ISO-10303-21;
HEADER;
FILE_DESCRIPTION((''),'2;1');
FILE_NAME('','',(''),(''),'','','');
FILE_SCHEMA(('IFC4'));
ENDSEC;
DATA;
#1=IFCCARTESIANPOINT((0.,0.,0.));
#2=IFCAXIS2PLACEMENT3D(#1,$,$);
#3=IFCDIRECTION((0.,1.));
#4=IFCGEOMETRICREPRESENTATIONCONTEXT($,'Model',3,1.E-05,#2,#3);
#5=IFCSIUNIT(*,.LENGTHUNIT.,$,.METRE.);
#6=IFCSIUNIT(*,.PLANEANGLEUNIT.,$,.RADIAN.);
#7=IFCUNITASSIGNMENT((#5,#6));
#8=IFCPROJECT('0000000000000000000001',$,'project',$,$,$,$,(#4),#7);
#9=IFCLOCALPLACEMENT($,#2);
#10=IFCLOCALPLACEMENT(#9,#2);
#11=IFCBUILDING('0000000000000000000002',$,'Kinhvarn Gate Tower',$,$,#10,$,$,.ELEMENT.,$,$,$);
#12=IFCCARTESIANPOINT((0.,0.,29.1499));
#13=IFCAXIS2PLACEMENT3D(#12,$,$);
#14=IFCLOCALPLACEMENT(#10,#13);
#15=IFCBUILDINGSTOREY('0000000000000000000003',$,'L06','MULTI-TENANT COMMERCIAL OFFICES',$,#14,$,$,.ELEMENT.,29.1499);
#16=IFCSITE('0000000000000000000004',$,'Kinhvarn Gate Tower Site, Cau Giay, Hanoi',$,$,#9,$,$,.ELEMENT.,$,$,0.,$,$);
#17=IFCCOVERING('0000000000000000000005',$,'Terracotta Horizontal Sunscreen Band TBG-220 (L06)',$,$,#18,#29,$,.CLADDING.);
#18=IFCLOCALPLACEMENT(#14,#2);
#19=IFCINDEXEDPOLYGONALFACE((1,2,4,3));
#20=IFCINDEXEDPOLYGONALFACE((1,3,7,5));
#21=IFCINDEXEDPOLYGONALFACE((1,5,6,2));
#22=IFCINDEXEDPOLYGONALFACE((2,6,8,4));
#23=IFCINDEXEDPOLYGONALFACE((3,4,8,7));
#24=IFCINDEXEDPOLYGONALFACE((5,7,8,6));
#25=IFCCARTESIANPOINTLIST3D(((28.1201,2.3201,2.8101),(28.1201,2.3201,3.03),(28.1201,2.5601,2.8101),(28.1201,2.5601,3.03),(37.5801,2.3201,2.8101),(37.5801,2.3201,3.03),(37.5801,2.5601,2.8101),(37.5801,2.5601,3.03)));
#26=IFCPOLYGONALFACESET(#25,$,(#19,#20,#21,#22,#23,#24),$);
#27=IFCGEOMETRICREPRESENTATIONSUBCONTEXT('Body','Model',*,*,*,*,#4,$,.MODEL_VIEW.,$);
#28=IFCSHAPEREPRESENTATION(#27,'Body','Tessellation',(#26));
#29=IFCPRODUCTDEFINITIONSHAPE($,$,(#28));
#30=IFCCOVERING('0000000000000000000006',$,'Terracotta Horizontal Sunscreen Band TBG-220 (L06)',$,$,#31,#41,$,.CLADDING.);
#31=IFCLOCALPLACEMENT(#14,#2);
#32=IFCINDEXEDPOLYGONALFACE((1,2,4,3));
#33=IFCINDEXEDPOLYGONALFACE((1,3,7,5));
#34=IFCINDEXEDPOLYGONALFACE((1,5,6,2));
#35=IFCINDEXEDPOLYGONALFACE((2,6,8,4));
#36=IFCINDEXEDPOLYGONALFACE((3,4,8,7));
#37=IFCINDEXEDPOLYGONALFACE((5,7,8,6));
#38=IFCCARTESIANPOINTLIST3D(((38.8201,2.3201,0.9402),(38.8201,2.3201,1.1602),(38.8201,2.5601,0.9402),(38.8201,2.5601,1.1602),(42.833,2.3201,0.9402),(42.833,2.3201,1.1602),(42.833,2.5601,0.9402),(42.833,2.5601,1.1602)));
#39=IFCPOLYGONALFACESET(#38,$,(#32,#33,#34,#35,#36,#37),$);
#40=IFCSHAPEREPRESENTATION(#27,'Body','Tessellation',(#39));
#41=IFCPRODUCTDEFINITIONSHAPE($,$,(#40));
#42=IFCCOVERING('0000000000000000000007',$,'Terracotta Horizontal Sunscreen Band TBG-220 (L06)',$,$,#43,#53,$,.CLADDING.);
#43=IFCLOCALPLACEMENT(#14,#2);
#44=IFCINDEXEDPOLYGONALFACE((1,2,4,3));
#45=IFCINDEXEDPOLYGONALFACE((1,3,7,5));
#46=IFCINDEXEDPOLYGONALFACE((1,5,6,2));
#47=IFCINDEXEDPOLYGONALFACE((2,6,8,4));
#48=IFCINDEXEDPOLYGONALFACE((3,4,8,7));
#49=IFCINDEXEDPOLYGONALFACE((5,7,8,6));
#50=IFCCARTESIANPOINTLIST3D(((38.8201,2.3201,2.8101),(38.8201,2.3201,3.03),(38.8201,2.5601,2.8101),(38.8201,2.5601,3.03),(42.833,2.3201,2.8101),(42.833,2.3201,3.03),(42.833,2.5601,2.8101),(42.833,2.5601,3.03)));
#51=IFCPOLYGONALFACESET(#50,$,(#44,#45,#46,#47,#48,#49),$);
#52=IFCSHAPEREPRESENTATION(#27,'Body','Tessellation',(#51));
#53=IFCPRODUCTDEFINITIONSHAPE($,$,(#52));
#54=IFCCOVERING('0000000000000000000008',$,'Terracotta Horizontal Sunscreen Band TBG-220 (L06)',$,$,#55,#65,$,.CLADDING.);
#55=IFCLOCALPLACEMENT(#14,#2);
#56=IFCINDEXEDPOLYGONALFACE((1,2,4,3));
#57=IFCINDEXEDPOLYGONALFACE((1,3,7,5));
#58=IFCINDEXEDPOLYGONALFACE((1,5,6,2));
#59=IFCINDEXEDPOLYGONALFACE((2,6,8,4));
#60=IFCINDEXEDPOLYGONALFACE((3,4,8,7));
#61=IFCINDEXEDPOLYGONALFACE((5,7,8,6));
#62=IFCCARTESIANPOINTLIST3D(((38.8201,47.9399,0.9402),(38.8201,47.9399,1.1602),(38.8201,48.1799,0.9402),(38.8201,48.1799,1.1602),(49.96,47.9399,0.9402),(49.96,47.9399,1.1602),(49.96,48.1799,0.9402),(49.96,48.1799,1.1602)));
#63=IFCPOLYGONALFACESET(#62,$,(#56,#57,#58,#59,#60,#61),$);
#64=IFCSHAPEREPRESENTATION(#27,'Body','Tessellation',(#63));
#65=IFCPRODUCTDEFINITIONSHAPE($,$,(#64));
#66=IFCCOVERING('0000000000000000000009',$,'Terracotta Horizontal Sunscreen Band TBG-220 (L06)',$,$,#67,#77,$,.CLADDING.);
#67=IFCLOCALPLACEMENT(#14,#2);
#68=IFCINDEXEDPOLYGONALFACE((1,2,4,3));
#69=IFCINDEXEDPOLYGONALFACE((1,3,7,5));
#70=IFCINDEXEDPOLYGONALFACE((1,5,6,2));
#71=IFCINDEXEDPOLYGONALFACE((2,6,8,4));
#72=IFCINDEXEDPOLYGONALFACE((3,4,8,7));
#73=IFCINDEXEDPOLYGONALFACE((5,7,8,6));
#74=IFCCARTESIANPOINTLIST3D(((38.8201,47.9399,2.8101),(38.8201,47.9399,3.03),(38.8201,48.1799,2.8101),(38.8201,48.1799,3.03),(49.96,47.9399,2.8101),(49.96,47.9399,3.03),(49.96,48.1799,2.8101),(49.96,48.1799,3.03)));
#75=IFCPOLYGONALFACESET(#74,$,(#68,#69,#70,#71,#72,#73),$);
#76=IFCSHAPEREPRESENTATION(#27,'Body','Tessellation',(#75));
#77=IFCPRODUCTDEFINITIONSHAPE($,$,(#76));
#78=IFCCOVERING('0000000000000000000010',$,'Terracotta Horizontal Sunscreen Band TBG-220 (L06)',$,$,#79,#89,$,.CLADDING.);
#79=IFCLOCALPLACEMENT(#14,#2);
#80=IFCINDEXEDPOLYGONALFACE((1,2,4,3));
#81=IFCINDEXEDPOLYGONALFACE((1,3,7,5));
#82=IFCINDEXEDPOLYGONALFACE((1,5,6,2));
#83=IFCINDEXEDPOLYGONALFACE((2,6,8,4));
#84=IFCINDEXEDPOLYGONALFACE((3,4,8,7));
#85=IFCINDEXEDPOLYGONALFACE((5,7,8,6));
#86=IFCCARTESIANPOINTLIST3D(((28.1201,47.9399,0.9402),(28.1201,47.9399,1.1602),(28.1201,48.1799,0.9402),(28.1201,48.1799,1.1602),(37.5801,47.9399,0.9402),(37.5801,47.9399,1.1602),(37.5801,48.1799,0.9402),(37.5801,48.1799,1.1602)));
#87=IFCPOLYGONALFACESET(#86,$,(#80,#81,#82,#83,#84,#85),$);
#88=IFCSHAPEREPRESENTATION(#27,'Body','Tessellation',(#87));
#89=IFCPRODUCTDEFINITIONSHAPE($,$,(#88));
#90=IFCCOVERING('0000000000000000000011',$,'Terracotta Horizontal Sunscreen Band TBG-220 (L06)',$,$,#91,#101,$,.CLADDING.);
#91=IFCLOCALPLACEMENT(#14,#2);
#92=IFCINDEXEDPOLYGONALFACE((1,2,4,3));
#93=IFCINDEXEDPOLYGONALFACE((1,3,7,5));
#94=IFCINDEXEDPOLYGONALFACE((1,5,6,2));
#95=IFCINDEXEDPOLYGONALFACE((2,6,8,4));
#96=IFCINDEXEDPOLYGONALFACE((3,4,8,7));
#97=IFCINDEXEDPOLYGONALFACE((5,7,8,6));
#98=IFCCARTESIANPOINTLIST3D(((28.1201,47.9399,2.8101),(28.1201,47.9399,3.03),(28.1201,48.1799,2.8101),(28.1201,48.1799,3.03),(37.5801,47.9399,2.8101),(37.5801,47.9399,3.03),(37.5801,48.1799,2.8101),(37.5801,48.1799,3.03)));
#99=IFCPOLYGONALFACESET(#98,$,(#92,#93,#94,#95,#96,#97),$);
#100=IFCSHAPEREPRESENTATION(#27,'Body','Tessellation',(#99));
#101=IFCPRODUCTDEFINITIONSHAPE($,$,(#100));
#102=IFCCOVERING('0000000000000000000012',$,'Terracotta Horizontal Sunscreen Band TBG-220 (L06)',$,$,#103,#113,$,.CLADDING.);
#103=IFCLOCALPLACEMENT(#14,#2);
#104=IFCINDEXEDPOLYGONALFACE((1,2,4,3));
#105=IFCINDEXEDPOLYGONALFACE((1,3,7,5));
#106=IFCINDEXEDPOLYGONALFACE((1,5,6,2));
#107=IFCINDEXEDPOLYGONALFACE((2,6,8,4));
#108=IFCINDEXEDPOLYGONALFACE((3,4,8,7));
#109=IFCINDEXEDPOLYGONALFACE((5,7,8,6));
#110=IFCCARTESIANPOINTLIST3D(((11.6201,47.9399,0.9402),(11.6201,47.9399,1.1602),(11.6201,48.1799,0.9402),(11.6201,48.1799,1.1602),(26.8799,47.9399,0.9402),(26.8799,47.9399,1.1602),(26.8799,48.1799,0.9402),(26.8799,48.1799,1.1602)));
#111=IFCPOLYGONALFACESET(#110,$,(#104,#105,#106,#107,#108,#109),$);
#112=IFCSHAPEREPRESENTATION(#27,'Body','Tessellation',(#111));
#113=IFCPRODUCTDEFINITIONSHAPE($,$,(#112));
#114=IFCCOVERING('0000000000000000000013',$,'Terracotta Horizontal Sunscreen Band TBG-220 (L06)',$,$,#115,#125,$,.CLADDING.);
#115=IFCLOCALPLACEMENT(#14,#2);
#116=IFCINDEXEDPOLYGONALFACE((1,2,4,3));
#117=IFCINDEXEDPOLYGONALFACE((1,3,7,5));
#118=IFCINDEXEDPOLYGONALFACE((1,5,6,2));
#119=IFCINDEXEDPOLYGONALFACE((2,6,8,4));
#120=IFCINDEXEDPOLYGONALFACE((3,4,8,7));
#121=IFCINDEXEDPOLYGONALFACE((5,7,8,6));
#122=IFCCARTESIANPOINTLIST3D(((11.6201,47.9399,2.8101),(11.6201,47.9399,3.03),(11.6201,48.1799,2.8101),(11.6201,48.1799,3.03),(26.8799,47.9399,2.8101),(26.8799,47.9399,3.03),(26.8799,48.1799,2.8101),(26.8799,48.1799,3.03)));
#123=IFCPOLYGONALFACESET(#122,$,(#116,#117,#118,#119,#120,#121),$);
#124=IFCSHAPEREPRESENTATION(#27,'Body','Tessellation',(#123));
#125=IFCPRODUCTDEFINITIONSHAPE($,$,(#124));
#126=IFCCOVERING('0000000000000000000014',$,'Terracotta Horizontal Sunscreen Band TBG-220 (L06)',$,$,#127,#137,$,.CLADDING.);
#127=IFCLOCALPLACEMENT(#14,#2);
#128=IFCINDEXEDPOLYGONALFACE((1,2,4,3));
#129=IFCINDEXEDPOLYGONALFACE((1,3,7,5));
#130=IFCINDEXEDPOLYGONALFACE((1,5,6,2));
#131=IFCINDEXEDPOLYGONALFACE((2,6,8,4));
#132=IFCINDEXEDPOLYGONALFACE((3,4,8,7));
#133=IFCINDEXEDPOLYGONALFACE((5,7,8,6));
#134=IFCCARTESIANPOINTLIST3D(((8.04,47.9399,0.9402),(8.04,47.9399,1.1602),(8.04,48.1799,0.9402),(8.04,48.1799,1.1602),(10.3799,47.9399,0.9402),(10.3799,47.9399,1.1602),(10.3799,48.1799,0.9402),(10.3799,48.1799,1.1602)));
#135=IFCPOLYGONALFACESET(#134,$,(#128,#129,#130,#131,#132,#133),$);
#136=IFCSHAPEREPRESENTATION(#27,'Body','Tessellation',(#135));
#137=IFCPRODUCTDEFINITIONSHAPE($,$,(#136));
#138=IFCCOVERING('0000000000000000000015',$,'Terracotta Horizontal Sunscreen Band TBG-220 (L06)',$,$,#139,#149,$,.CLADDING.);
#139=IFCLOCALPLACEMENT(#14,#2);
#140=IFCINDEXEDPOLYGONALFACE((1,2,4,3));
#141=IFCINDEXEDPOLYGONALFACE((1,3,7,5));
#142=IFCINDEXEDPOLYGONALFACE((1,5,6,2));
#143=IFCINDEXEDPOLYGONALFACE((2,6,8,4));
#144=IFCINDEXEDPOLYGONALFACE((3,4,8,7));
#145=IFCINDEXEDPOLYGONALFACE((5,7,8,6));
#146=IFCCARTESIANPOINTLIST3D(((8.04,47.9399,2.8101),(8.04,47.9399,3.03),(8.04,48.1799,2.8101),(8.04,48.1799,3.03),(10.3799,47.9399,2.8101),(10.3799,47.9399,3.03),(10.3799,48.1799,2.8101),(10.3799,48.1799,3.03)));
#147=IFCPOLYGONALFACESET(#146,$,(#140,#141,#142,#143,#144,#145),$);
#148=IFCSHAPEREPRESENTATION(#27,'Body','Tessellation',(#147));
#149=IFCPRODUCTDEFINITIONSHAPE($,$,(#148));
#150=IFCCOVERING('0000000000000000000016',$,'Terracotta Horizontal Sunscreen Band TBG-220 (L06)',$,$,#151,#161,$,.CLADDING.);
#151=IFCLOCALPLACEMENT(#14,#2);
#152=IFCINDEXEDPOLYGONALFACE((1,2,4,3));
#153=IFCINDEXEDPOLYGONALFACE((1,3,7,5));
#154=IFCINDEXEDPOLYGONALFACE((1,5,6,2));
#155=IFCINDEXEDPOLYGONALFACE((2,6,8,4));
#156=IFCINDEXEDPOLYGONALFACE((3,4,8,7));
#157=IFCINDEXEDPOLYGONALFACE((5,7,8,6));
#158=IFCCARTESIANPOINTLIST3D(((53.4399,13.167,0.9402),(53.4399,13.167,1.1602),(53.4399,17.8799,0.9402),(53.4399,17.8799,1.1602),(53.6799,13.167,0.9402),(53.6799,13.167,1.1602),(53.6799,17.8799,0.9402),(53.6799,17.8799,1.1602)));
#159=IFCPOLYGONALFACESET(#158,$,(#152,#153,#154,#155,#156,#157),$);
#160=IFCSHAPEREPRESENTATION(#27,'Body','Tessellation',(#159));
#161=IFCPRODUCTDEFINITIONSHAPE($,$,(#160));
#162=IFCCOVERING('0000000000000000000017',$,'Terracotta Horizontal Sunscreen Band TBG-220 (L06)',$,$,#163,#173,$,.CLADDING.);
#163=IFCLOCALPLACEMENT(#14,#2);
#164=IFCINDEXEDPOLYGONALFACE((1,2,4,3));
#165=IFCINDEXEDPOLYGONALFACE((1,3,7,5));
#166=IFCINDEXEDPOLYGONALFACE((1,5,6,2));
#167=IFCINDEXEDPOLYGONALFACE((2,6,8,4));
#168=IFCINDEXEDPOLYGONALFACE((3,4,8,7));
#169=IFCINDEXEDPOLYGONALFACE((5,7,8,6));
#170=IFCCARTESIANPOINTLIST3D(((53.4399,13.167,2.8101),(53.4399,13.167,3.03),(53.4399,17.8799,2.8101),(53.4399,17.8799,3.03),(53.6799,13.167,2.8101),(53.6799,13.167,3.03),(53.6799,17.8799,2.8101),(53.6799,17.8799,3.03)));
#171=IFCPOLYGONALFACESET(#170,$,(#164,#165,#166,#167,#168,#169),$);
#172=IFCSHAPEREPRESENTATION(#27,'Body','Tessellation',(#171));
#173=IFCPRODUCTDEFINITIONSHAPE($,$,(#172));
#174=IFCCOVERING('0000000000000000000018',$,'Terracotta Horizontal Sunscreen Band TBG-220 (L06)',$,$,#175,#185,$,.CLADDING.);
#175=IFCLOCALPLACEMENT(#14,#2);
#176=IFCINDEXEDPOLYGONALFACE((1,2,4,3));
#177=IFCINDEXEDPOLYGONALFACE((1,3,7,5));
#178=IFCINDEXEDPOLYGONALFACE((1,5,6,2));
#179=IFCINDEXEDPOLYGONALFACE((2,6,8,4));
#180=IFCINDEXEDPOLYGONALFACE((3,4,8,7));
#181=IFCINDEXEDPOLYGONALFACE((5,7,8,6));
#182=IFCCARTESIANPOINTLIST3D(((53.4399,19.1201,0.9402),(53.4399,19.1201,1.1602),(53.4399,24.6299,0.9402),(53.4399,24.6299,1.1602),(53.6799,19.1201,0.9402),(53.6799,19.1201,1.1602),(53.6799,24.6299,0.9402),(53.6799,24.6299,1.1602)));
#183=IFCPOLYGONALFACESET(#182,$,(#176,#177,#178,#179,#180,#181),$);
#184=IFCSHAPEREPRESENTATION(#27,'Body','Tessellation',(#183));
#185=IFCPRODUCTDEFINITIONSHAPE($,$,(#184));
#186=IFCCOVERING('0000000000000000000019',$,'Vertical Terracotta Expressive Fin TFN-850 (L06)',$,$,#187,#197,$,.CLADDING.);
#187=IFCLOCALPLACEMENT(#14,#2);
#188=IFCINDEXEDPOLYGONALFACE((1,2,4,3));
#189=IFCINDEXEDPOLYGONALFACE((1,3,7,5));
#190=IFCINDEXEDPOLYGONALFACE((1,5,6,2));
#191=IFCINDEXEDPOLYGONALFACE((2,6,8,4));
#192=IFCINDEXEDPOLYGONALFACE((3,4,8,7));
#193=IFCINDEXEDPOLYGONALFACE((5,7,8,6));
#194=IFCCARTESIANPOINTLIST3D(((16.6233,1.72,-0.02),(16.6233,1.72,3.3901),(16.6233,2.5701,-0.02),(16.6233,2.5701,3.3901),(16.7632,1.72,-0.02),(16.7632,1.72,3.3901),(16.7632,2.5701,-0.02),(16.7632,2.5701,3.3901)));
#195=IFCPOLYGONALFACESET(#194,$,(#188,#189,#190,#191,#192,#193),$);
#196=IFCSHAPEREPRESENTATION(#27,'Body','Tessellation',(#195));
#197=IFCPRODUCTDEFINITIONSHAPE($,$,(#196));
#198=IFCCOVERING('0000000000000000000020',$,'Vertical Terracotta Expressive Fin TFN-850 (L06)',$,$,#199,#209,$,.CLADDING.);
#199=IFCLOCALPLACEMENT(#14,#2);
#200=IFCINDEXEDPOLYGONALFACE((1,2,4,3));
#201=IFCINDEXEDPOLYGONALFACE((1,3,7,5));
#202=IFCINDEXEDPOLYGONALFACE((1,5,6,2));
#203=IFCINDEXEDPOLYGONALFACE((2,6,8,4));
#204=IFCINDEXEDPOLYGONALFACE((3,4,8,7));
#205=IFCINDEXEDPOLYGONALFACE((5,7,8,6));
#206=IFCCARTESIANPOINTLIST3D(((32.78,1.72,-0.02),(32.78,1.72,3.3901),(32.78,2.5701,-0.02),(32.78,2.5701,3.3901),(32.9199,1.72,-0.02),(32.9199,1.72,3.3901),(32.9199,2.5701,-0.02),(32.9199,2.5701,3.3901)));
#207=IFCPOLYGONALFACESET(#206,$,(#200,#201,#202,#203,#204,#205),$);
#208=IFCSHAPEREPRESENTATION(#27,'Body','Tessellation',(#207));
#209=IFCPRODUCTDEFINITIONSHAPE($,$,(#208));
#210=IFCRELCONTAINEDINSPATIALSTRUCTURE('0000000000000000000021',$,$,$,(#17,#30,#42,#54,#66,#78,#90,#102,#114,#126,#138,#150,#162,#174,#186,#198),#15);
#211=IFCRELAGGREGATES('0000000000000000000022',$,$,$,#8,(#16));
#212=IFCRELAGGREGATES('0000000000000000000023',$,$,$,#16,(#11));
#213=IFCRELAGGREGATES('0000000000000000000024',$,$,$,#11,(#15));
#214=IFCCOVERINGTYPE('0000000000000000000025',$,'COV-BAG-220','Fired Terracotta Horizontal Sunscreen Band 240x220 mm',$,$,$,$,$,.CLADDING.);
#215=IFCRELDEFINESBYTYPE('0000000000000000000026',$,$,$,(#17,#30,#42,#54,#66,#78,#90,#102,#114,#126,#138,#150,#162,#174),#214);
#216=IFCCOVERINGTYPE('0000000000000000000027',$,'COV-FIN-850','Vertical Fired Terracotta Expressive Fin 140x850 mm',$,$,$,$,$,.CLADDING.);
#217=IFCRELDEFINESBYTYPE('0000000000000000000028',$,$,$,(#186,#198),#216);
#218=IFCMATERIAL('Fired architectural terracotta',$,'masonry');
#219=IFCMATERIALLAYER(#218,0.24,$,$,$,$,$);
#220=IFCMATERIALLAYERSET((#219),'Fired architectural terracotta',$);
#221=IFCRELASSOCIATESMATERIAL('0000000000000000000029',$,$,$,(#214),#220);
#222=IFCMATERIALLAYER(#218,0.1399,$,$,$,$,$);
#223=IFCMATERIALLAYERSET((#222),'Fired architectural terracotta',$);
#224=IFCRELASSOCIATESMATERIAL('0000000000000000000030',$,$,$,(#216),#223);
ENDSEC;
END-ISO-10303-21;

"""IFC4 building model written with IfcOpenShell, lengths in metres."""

from ifc_helpers import new_model, si_unit, direction, frame, origin, place, context, subcontext, project, spatial, polyline, outline, extrude, material, layer, layer_set, type_object, element, save


model = new_model("IFC4")

# Units and contexts
model_context = context("Model", 3, precision=1e-05, world=origin(), true_north=direction((0.0, 1.0)))
body_context = subcontext(model_context, "Body", "Model", "MODEL_VIEW")
ifc_project = project(units=[si_unit("LENGTHUNIT", "METRE"), si_unit("PLANEANGLEUNIT", "RADIAN")], contexts=[model_context])

# Site, building, storey
site_placement = place(None, origin())
site = spatial("IfcSite", under=ifc_project, at=site_placement, Name="Kinhvarn Gate Tower Site, Cau Giay, Hanoi", CompositionType="ELEMENT", RefElevation=0.0)
building_placement = place(site_placement, origin())
building = spatial("IfcBuilding", under=site, at=building_placement, Name="Kinhvarn Gate Tower", CompositionType="ELEMENT")
storey_placement = place(building_placement, frame((0.0, 0.0, 29.1499)))
storey = spatial("IfcBuildingStorey", under=building, at=storey_placement, Name="L06", Description="MULTI-TENANT COMMERCIAL OFFICES", CompositionType="ELEMENT", Elevation=29.1499)

# Coverings
ifc_material_1 = material(Name="Fired architectural terracotta", Category="masonry")
ifc_layer_1 = layer(ifc_material_1, 0.24)
ifc_layer_set_1 = layer_set([ifc_layer_1], Name="Fired architectural terracotta")
covering_type_1 = type_object("IfcCoveringType", Name="COV-BAG-220", Description="Fired Terracotta Horizontal Sunscreen Band 240x220 mm", PredefinedType="CLADDING", material=ifc_layer_set_1)
for number, where, name in (
    (1, (0.0, 0.0, 2.8101), "Terracotta Horizontal Sunscreen Band TBG-220 (L06)"),
):
    element("IfcCovering", number, at=place(storey_placement, frame(where)), inside=storey, type_object=covering_type_1, Name=name, PredefinedType="CLADDING", context=body_context, shape_type="SweptSolid", body=[
        extrude(outline(polyline([(28.1201, 2.5601), (37.5801, 2.5601), (37.5801, 2.3201), (28.1201, 2.3201), (28.1201, 2.5601)])), origin(), (0.0, 0.0, 1.0), 0.22),
    ])
for number, where, name in (
    (2, (0.0, 0.0, 0.9402), "Terracotta Horizontal Sunscreen Band TBG-220 (L06)"),
    (3, (0.0, 0.0, 2.8101), "Terracotta Horizontal Sunscreen Band TBG-220 (L06)"),
):
    element("IfcCovering", number, at=place(storey_placement, frame(where)), inside=storey, type_object=covering_type_1, Name=name, PredefinedType="CLADDING", context=body_context, shape_type="SweptSolid", body=[
        extrude(outline(polyline([(38.8201, 2.5601), (42.833, 2.5601), (42.833, 2.3201), (38.8201, 2.3201), (38.8201, 2.5601)])), origin(), (0.0, 0.0, 1.0), 0.22),
    ])
for number, where, name in (
    (4, (0.0, 0.0, 0.9402), "Terracotta Horizontal Sunscreen Band TBG-220 (L06)"),
    (5, (0.0, 0.0, 2.8101), "Terracotta Horizontal Sunscreen Band TBG-220 (L06)"),
):
    element("IfcCovering", number, at=place(storey_placement, frame(where)), inside=storey, type_object=covering_type_1, Name=name, PredefinedType="CLADDING", context=body_context, shape_type="SweptSolid", body=[
        extrude(outline(polyline([(49.96, 47.9399), (38.8201, 47.9399), (38.8201, 48.1799), (49.96, 48.1799), (49.96, 47.9399)])), origin(), (0.0, 0.0, 1.0), 0.22),
    ])
for number, where, name in (
    (6, (0.0, 0.0, 0.9402), "Terracotta Horizontal Sunscreen Band TBG-220 (L06)"),
    (7, (0.0, 0.0, 2.8101), "Terracotta Horizontal Sunscreen Band TBG-220 (L06)"),
):
    element("IfcCovering", number, at=place(storey_placement, frame(where)), inside=storey, type_object=covering_type_1, Name=name, PredefinedType="CLADDING", context=body_context, shape_type="SweptSolid", body=[
        extrude(outline(polyline([(37.5801, 47.9399), (28.1201, 47.9399), (28.1201, 48.1799), (37.5801, 48.1799), (37.5801, 47.9399)])), origin(), (0.0, 0.0, 1.0), 0.22),
    ])
for number, where, name in (
    (8, (0.0, 0.0, 0.9402), "Terracotta Horizontal Sunscreen Band TBG-220 (L06)"),
    (9, (0.0, 0.0, 2.8101), "Terracotta Horizontal Sunscreen Band TBG-220 (L06)"),
):
    element("IfcCovering", number, at=place(storey_placement, frame(where)), inside=storey, type_object=covering_type_1, Name=name, PredefinedType="CLADDING", context=body_context, shape_type="SweptSolid", body=[
        extrude(outline(polyline([(26.8799, 47.9399), (11.6201, 47.9399), (11.6201, 48.1799), (26.8799, 48.1799), (26.8799, 47.9399)])), origin(), (0.0, 0.0, 1.0), 0.22),
    ])
for number, where, name in (
    (10, (0.0, 0.0, 0.9402), "Terracotta Horizontal Sunscreen Band TBG-220 (L06)"),
    (11, (0.0, 0.0, 2.8101), "Terracotta Horizontal Sunscreen Band TBG-220 (L06)"),
):
    element("IfcCovering", number, at=place(storey_placement, frame(where)), inside=storey, type_object=covering_type_1, Name=name, PredefinedType="CLADDING", context=body_context, shape_type="SweptSolid", body=[
        extrude(outline(polyline([(10.3799, 47.9399), (8.04, 47.9399), (8.04, 48.1799), (10.3799, 48.1799), (10.3799, 47.9399)])), origin(), (0.0, 0.0, 1.0), 0.22),
    ])
for number, where, name in (
    (12, (0.0, 0.0, 0.9402), "Terracotta Horizontal Sunscreen Band TBG-220 (L06)"),
    (13, (0.0, 0.0, 2.8101), "Terracotta Horizontal Sunscreen Band TBG-220 (L06)"),
):
    element("IfcCovering", number, at=place(storey_placement, frame(where)), inside=storey, type_object=covering_type_1, Name=name, PredefinedType="CLADDING", context=body_context, shape_type="SweptSolid", body=[
        extrude(outline(polyline([(53.4399, 13.167), (53.4399, 17.8799), (53.6799, 17.8799), (53.6799, 13.167), (53.4399, 13.167)])), origin(), (0.0, 0.0, 1.0), 0.22),
    ])
covering_1_placement = place(storey_placement, frame((0.0, 0.0, 0.9402)))
element("IfcCovering", 14, at=covering_1_placement, inside=storey, type_object=covering_type_1, Name="Terracotta Horizontal Sunscreen Band TBG-220 (L06)", PredefinedType="CLADDING", context=body_context, shape_type="SweptSolid", body=[
    extrude(outline(polyline([(53.4399, 19.1201), (53.4399, 24.6299), (53.6799, 24.6299), (53.6799, 19.1201), (53.4399, 19.1201)])), origin(), (0.0, 0.0, 1.0), 0.22),
])
ifc_layer_2 = layer(ifc_material_1, 0.1399)
ifc_layer_set_2 = layer_set([ifc_layer_2], Name="Fired architectural terracotta")
covering_type_2 = type_object("IfcCoveringType", Name="COV-FIN-850", Description="Vertical Fired Terracotta Expressive Fin 140x850 mm", PredefinedType="CLADDING", material=ifc_layer_set_2)
covering_2_placement = place(storey_placement, frame((0.0, 0.0, -0.02)))
element("IfcCovering", 15, at=covering_2_placement, inside=storey, type_object=covering_type_2, Name="Vertical Terracotta Expressive Fin TFN-850 (L06)", PredefinedType="CLADDING", context=body_context, shape_type="SweptSolid", body=[
    extrude(outline(polyline([(16.6233, 2.5701), (16.7632, 2.5701), (16.7632, 1.72), (16.6233, 1.72), (16.6233, 2.5701)])), origin(), (0.0, 0.0, 1.0), 3.4102),
])
covering_3_placement = place(storey_placement, frame((0.0, 0.0, -0.02)))
element("IfcCovering", 16, at=covering_3_placement, inside=storey, type_object=covering_type_2, Name="Vertical Terracotta Expressive Fin TFN-850 (L06)", PredefinedType="CLADDING", context=body_context, shape_type="SweptSolid", body=[
    extrude(outline(polyline([(32.78, 2.5701), (32.9199, 2.5701), (32.9199, 1.72), (32.78, 1.72), (32.78, 2.5701)])), origin(), (0.0, 0.0, 1.0), 3.4102),
])

save(model, "model.ifc")
